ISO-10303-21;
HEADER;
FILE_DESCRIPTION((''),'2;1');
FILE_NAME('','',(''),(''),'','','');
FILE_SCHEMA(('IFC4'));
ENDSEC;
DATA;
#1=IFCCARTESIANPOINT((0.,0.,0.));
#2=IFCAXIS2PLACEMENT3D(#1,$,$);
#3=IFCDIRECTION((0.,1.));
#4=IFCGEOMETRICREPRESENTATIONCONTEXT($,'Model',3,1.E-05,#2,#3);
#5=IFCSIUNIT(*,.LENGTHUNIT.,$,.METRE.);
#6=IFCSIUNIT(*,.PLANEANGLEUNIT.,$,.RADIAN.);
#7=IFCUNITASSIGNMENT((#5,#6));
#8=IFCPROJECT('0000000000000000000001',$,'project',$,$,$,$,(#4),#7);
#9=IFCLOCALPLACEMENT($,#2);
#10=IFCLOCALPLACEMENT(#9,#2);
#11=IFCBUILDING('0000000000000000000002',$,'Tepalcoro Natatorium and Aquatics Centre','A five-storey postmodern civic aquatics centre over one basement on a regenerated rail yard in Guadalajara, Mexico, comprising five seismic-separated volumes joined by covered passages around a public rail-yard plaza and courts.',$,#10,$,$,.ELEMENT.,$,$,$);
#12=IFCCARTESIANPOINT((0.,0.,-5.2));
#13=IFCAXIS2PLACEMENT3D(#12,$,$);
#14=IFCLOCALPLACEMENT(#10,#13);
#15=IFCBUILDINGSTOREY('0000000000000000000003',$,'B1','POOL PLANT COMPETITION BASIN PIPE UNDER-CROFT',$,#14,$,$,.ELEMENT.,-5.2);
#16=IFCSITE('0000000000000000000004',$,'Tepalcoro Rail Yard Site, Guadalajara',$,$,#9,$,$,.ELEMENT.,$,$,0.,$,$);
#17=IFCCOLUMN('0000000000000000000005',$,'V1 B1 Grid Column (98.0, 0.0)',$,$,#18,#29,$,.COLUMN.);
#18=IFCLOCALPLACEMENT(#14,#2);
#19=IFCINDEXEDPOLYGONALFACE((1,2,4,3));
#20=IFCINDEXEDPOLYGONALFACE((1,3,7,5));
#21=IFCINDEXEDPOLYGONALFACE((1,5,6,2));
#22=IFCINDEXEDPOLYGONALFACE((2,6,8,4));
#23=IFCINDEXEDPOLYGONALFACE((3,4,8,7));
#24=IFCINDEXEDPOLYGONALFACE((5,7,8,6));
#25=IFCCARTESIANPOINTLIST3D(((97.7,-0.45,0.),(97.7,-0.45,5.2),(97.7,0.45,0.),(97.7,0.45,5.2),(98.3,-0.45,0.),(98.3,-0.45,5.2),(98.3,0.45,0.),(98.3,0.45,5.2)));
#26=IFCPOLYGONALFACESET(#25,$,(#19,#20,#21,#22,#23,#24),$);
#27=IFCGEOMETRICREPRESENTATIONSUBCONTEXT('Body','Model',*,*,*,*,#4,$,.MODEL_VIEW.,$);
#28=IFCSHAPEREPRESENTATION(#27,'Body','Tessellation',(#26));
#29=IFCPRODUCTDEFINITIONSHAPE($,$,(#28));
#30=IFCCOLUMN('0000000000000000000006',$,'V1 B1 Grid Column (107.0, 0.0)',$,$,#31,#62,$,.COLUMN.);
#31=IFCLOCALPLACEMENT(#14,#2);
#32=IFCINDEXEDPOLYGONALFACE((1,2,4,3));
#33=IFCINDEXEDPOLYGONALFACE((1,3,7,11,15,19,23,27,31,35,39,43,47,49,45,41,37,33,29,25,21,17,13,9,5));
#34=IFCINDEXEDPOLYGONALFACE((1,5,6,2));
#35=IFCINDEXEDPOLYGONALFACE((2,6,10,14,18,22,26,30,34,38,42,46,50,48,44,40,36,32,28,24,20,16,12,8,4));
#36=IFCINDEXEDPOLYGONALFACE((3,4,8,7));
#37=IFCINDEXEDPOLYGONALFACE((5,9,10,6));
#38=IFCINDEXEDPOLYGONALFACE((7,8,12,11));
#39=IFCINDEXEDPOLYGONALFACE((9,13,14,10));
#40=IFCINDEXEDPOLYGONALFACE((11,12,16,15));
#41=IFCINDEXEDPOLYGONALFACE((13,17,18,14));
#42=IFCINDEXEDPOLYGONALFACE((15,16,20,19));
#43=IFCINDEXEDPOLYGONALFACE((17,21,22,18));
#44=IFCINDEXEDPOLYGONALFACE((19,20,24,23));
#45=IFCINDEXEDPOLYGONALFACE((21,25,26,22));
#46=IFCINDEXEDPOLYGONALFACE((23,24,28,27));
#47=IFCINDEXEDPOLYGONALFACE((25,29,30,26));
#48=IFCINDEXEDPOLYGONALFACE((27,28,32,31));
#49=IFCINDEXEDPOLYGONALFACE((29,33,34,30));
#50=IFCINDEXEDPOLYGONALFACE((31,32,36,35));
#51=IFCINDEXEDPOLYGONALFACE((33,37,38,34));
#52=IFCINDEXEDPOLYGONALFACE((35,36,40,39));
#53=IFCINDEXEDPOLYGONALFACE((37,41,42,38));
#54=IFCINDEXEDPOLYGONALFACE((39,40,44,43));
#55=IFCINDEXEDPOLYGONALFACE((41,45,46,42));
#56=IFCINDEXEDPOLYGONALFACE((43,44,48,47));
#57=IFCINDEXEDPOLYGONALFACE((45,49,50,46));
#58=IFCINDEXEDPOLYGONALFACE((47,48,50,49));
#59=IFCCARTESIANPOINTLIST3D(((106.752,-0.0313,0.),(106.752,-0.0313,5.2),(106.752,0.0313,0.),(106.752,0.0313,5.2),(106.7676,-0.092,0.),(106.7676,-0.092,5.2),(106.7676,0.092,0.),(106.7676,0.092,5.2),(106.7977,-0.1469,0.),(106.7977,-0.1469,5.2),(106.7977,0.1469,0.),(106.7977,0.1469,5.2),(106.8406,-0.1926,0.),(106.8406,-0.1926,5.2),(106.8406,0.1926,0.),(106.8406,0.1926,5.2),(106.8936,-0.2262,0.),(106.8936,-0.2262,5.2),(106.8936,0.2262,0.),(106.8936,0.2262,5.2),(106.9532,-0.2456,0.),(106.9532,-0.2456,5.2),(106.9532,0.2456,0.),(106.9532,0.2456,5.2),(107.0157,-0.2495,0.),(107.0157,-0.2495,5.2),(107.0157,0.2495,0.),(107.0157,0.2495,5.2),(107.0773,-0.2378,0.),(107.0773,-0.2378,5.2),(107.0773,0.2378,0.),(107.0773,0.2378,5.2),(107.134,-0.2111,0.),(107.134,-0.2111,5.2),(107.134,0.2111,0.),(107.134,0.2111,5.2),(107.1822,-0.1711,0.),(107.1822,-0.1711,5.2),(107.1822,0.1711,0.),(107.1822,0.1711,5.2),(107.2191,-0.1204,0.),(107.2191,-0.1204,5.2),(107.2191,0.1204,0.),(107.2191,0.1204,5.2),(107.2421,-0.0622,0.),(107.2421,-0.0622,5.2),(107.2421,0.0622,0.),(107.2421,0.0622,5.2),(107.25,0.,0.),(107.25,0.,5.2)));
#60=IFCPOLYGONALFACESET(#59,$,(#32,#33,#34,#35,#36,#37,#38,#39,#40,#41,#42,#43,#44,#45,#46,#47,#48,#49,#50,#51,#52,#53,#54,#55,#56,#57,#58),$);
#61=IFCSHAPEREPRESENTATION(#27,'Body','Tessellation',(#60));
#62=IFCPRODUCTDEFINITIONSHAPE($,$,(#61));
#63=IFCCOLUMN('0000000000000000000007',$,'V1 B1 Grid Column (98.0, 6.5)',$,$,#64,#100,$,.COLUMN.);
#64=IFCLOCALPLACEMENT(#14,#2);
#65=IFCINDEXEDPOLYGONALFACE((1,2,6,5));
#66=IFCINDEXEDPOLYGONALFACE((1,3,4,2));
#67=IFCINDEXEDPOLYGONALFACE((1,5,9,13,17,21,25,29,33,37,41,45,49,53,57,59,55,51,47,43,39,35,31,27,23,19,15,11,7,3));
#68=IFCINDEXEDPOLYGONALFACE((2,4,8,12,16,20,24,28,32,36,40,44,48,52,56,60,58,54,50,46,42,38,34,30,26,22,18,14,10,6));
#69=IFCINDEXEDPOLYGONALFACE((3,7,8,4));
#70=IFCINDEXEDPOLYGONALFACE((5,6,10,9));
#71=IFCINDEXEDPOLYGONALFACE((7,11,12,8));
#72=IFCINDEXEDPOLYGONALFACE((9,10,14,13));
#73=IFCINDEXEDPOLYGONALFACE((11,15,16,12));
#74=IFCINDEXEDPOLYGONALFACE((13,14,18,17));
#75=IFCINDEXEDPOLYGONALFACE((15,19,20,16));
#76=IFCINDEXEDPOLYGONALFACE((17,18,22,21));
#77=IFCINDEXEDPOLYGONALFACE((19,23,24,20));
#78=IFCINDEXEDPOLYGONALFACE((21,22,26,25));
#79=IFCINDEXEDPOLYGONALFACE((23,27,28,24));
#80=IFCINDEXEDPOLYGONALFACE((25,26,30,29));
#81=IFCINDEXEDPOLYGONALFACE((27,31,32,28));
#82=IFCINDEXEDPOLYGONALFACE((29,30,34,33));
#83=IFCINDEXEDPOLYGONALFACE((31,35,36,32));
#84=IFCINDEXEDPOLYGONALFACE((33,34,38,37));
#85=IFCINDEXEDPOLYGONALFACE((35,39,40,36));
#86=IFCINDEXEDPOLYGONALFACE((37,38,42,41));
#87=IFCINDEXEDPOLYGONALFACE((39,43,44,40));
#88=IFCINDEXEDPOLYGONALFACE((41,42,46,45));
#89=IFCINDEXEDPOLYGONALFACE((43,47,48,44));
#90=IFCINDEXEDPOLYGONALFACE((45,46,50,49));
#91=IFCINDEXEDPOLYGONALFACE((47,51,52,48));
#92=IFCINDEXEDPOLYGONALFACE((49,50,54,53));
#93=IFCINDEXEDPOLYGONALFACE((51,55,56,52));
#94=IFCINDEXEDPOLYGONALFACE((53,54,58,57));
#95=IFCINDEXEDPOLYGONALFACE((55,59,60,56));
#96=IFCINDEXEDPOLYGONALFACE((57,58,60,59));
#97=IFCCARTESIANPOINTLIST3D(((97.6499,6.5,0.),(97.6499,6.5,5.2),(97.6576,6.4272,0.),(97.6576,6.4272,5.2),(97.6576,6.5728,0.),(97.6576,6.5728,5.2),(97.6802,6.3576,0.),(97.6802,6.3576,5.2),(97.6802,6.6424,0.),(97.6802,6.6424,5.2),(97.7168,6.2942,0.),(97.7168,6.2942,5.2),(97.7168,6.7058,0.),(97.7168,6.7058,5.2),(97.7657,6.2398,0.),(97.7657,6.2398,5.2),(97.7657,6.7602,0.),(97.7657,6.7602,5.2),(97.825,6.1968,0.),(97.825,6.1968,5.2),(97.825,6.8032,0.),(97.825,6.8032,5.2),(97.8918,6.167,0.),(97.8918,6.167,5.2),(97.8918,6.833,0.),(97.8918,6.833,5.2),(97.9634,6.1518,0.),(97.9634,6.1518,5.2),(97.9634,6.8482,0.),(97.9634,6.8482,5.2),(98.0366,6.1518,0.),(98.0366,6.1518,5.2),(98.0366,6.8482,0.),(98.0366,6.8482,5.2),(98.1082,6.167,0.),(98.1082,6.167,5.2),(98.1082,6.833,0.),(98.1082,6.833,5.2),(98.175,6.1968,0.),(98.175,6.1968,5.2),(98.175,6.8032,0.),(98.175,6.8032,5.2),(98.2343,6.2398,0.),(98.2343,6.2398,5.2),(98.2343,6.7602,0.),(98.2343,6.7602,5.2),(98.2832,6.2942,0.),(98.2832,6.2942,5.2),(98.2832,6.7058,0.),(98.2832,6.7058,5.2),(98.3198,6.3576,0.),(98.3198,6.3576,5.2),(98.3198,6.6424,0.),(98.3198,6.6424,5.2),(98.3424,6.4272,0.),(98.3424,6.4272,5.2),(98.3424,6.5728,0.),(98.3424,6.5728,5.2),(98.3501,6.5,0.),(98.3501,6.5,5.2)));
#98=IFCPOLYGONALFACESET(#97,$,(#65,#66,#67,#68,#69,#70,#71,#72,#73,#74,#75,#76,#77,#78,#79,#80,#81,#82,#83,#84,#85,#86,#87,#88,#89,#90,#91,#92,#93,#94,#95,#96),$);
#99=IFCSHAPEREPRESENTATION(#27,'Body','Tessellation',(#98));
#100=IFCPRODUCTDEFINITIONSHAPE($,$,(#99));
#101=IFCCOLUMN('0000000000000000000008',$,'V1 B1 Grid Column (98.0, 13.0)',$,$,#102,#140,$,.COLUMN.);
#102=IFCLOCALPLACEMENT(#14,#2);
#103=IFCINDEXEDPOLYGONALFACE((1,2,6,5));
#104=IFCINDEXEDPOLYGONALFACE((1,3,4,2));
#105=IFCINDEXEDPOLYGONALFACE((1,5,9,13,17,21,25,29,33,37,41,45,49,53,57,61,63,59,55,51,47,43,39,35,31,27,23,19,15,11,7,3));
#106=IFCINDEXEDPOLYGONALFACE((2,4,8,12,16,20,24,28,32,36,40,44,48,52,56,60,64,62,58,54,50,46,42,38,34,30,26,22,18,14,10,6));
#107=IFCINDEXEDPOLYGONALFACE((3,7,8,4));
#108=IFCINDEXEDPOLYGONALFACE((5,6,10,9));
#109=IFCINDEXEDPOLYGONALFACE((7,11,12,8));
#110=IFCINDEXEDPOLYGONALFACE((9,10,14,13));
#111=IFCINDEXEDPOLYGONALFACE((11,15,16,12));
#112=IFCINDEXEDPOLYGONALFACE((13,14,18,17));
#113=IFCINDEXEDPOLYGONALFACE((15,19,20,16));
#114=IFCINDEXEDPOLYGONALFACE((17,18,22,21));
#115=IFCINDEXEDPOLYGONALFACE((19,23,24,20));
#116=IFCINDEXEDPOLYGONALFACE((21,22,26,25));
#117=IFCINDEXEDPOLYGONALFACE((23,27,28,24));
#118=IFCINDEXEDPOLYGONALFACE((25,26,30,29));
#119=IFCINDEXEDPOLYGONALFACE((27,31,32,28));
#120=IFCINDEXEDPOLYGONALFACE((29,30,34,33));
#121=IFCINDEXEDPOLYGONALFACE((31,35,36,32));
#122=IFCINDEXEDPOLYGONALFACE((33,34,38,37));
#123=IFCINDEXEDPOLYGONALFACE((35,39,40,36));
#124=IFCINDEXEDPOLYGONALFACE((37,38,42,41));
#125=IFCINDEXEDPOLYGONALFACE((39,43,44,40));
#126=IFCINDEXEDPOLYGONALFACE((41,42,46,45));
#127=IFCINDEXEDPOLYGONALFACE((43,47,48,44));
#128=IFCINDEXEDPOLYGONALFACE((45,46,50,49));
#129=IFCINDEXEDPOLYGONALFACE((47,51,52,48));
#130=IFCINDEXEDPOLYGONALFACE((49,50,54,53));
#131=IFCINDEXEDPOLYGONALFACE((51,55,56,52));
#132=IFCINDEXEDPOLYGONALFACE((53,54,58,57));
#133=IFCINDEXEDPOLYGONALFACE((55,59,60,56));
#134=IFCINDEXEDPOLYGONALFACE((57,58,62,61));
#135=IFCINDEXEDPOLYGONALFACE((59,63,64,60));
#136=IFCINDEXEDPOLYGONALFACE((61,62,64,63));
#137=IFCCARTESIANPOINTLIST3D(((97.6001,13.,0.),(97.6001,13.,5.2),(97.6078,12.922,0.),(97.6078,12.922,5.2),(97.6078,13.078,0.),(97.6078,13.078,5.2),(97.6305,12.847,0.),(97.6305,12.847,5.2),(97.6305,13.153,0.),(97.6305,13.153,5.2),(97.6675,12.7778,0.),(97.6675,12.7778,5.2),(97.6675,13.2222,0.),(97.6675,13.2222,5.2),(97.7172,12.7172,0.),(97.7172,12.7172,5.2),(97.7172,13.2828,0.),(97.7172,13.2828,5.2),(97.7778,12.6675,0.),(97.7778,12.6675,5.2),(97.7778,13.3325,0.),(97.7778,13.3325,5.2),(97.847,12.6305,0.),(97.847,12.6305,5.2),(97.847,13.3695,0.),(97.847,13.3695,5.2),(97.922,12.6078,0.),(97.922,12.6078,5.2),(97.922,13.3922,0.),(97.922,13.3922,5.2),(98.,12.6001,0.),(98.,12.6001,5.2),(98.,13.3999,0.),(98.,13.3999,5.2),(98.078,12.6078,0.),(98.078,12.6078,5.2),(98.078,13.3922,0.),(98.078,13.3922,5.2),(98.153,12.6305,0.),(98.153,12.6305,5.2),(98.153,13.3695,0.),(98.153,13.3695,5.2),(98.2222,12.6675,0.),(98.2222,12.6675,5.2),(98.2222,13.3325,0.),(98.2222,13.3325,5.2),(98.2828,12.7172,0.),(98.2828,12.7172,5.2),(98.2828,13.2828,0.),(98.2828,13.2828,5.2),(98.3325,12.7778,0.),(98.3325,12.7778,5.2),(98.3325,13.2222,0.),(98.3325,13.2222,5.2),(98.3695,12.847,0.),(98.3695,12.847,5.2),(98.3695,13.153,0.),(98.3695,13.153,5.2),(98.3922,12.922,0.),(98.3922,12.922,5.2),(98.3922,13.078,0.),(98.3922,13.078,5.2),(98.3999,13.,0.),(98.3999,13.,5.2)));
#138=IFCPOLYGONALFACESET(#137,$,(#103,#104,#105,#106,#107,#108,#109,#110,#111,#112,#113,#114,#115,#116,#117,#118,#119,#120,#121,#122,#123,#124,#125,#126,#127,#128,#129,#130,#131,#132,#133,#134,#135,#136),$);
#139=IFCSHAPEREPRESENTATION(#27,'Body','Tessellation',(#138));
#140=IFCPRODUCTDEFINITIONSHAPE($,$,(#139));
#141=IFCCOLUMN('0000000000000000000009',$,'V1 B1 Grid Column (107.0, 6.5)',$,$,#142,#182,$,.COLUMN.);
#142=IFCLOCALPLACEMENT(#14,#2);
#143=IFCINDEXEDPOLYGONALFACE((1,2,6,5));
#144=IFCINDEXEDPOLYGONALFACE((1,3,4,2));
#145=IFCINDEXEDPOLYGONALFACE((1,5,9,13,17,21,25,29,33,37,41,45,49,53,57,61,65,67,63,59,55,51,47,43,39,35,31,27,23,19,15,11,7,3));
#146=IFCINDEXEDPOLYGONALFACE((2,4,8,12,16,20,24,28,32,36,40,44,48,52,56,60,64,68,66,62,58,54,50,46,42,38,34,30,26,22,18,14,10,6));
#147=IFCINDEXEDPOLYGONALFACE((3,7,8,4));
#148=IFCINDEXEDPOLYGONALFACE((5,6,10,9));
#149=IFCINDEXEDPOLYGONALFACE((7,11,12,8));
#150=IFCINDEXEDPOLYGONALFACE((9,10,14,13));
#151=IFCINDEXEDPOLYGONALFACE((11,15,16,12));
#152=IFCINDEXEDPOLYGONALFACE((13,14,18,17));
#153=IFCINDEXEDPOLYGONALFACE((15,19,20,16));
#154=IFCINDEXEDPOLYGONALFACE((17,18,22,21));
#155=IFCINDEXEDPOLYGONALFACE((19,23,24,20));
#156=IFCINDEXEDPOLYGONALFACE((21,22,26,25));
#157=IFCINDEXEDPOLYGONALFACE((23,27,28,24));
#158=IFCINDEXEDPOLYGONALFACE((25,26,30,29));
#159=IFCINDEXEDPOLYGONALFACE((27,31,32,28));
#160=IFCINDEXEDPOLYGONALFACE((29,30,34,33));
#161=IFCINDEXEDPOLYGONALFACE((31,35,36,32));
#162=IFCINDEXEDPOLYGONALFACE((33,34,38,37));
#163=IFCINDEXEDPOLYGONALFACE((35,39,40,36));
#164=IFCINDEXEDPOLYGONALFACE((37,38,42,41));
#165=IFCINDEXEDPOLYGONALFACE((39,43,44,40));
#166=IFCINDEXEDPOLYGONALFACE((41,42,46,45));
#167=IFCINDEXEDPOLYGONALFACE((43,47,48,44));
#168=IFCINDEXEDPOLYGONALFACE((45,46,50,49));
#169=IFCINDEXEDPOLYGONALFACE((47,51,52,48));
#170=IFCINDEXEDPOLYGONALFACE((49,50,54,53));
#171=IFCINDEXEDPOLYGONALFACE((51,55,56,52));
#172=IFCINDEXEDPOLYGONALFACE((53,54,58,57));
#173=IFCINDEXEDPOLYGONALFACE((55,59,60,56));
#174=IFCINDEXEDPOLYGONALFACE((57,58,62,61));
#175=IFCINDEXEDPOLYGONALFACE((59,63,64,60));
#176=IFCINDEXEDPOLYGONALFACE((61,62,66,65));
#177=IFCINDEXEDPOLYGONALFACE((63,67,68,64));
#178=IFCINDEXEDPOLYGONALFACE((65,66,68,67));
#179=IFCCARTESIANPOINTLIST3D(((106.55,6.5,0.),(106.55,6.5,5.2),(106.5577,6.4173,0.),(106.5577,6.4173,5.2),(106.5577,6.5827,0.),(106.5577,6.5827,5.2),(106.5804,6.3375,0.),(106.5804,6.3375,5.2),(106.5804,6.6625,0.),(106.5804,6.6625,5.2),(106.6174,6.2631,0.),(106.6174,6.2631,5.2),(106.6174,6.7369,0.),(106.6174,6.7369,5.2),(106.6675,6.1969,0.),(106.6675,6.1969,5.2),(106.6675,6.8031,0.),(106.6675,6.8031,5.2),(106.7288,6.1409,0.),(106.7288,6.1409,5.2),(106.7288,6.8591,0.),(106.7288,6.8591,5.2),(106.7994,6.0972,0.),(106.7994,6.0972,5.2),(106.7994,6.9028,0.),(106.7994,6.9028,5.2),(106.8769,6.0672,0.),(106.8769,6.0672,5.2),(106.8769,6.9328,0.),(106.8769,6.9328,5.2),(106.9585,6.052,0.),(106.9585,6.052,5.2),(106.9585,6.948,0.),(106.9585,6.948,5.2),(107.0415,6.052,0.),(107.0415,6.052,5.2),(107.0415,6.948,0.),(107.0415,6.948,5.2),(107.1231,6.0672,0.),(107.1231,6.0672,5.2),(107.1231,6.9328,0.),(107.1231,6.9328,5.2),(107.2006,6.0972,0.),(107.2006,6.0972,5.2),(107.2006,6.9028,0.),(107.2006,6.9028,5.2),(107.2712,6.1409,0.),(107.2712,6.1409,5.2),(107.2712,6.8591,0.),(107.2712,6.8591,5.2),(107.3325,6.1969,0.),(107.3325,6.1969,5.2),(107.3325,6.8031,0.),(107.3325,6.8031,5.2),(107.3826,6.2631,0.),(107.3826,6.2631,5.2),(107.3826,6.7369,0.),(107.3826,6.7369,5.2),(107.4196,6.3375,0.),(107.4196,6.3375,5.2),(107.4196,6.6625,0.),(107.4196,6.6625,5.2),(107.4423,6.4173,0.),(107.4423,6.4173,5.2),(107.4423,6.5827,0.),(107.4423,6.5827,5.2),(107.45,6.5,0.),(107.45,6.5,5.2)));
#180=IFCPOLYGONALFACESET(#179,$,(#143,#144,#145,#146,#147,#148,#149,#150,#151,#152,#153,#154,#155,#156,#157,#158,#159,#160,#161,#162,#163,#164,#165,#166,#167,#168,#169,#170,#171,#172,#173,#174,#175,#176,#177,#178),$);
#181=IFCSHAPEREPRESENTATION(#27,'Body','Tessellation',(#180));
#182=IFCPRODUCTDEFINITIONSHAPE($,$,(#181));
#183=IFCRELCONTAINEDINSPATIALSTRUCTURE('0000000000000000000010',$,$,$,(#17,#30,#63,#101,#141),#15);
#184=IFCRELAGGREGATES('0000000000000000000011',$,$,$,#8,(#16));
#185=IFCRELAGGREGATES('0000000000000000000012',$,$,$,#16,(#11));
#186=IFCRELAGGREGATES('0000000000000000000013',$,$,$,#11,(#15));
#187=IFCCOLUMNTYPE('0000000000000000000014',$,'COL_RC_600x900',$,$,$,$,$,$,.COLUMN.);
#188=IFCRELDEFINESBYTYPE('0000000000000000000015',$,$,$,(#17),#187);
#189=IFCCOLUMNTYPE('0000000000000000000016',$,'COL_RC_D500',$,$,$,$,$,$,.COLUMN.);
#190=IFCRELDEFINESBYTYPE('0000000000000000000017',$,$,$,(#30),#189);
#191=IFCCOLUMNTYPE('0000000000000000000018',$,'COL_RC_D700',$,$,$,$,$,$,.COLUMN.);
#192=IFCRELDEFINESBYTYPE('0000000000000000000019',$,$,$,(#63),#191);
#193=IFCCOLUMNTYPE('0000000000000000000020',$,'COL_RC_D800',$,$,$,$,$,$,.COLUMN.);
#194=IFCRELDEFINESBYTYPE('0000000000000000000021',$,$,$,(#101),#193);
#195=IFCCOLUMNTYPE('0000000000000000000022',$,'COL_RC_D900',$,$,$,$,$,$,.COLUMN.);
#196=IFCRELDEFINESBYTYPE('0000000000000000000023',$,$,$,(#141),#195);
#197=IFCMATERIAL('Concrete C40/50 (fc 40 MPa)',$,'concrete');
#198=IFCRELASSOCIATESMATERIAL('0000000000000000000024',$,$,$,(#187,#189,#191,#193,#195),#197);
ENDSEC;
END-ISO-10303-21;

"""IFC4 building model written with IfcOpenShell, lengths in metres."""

from ifc_helpers import new_model, si_unit, direction, frame, origin, origin_2d, place, context, subcontext, project, spatial, rectangle, circle, extrude, material, material_profile, profile_set, type_object, element, save


model = new_model("IFC4")

# Units and contexts
model_context = context("Model", 3, precision=1e-05, world=origin(), true_north=direction((0.0, 1.0)))
body_context = subcontext(model_context, "Body", "Model", "MODEL_VIEW")
ifc_project = project(units=[si_unit("LENGTHUNIT", "METRE"), si_unit("PLANEANGLEUNIT", "RADIAN")], contexts=[model_context])

# Site, building, storey
site_placement = place(None, origin())
site = spatial("IfcSite", under=ifc_project, at=site_placement, Name="Tepalcoro Rail Yard Site, Guadalajara", CompositionType="ELEMENT", RefElevation=0.0)
building_placement = place(site_placement, origin())
building = spatial("IfcBuilding", under=site, at=building_placement, Name="Tepalcoro Natatorium and Aquatics Centre", Description="A five-storey postmodern civic aquatics centre over one basement on a regenerated rail yard in Guadalajara, Mexico, comprising five seismic-separated volumes joined by covered passages around a public rail-yard plaza and courts.", CompositionType="ELEMENT")
storey_placement = place(building_placement, frame((0.0, 0.0, -5.2)))
storey = spatial("IfcBuildingStorey", under=building, at=storey_placement, Name="B1", Description="POOL PLANT COMPETITION BASIN PIPE UNDER-CROFT", CompositionType="ELEMENT", Elevation=-5.2)

# Shared definitions
ifc_material_1 = material(Name="Concrete C40/50 (fc 40 MPa)", Category="concrete")

# Columns
ifc_material_profile_1 = material_profile(ifc_material_1, rectangle(XDim=0.6001, YDim=0.8999, at=origin_2d()), Name="RC600x900")
ifc_profile_set_1 = profile_set([ifc_material_profile_1], Name="Concrete C40/50 (fc 40 MPa)")
column_type_1 = type_object("IfcColumnType", Name="COL_RC_600x900", PredefinedType="COLUMN", material=ifc_profile_set_1)
column_1_placement = place(storey_placement, frame((98.0, 0.0, 0.0), z_axis=(0.0, 0.0, 1.0), x_axis=(1.0, 0.0, 0.0)))
element("IfcColumn", 1, at=column_1_placement, inside=storey, type_object=column_type_1, Name="V1 B1 Grid Column (98.0, 0.0)", PredefinedType="COLUMN", context=body_context, shape_type="SweptSolid", body=[
    extrude(rectangle(XDim=0.6001, YDim=0.8999, at=origin_2d()), origin(), (0.0, 0.0, 1.0), 5.2),
])
ifc_material_profile_2 = material_profile(ifc_material_1, circle(Radius=0.25, at=origin_2d()), Name="RCD500")
ifc_profile_set_2 = profile_set([ifc_material_profile_2], Name="Concrete C40/50 (fc 40 MPa)")
column_type_2 = type_object("IfcColumnType", Name="COL_RC_D500", PredefinedType="COLUMN", material=ifc_profile_set_2)
column_2_placement = place(storey_placement, frame((107.0, 0.0, 0.0), z_axis=(0.0, 0.0, 1.0), x_axis=(1.0, 0.0, 0.0)))
element("IfcColumn", 2, at=column_2_placement, inside=storey, type_object=column_type_2, Name="V1 B1 Grid Column (107.0, 0.0)", PredefinedType="COLUMN", context=body_context, shape_type="SweptSolid", body=[
    extrude(circle(Radius=0.25, at=origin_2d()), origin(), (0.0, 0.0, 1.0), 5.2),
])
ifc_material_profile_3 = material_profile(ifc_material_1, circle(Radius=0.3501, at=origin_2d()), Name="RCD700")
ifc_profile_set_3 = profile_set([ifc_material_profile_3], Name="Concrete C40/50 (fc 40 MPa)")
column_type_3 = type_object("IfcColumnType", Name="COL_RC_D700", PredefinedType="COLUMN", material=ifc_profile_set_3)
column_3_placement = place(storey_placement, frame((98.0, 6.5, 0.0), z_axis=(0.0, 0.0, 1.0), x_axis=(1.0, 0.0, 0.0)))
element("IfcColumn", 3, at=column_3_placement, inside=storey, type_object=column_type_3, Name="V1 B1 Grid Column (98.0, 6.5)", PredefinedType="COLUMN", context=body_context, shape_type="SweptSolid", body=[
    extrude(circle(Radius=0.3501, at=origin_2d()), origin(), (0.0, 0.0, 1.0), 5.2),
])
ifc_material_profile_4 = material_profile(ifc_material_1, circle(Radius=0.3999, at=origin_2d()), Name="RCD800")
ifc_profile_set_4 = profile_set([ifc_material_profile_4], Name="Concrete C40/50 (fc 40 MPa)")
column_type_4 = type_object("IfcColumnType", Name="COL_RC_D800", PredefinedType="COLUMN", material=ifc_profile_set_4)
column_4_placement = place(storey_placement, frame((98.0, 13.0, 0.0), z_axis=(0.0, 0.0, 1.0), x_axis=(1.0, 0.0, 0.0)))
element("IfcColumn", 4, at=column_4_placement, inside=storey, type_object=column_type_4, Name="V1 B1 Grid Column (98.0, 13.0)", PredefinedType="COLUMN", context=body_context, shape_type="SweptSolid", body=[
    extrude(circle(Radius=0.3999, at=origin_2d()), origin(), (0.0, 0.0, 1.0), 5.2),
])
ifc_material_profile_5 = material_profile(ifc_material_1, circle(Radius=0.45, at=origin_2d()), Name="RCD900")
ifc_profile_set_5 = profile_set([ifc_material_profile_5], Name="Concrete C40/50 (fc 40 MPa)")
column_type_5 = type_object("IfcColumnType", Name="COL_RC_D900", PredefinedType="COLUMN", material=ifc_profile_set_5)
column_5_placement = place(storey_placement, frame((107.0, 6.5, 0.0), z_axis=(0.0, 0.0, 1.0), x_axis=(1.0, 0.0, 0.0)))
element("IfcColumn", 5, at=column_5_placement, inside=storey, type_object=column_type_5, Name="V1 B1 Grid Column (107.0, 6.5)", PredefinedType="COLUMN", context=body_context, shape_type="SweptSolid", body=[
    extrude(circle(Radius=0.45, at=origin_2d()), origin(), (0.0, 0.0, 1.0), 5.2),
])

save(model, "model.ifc")
